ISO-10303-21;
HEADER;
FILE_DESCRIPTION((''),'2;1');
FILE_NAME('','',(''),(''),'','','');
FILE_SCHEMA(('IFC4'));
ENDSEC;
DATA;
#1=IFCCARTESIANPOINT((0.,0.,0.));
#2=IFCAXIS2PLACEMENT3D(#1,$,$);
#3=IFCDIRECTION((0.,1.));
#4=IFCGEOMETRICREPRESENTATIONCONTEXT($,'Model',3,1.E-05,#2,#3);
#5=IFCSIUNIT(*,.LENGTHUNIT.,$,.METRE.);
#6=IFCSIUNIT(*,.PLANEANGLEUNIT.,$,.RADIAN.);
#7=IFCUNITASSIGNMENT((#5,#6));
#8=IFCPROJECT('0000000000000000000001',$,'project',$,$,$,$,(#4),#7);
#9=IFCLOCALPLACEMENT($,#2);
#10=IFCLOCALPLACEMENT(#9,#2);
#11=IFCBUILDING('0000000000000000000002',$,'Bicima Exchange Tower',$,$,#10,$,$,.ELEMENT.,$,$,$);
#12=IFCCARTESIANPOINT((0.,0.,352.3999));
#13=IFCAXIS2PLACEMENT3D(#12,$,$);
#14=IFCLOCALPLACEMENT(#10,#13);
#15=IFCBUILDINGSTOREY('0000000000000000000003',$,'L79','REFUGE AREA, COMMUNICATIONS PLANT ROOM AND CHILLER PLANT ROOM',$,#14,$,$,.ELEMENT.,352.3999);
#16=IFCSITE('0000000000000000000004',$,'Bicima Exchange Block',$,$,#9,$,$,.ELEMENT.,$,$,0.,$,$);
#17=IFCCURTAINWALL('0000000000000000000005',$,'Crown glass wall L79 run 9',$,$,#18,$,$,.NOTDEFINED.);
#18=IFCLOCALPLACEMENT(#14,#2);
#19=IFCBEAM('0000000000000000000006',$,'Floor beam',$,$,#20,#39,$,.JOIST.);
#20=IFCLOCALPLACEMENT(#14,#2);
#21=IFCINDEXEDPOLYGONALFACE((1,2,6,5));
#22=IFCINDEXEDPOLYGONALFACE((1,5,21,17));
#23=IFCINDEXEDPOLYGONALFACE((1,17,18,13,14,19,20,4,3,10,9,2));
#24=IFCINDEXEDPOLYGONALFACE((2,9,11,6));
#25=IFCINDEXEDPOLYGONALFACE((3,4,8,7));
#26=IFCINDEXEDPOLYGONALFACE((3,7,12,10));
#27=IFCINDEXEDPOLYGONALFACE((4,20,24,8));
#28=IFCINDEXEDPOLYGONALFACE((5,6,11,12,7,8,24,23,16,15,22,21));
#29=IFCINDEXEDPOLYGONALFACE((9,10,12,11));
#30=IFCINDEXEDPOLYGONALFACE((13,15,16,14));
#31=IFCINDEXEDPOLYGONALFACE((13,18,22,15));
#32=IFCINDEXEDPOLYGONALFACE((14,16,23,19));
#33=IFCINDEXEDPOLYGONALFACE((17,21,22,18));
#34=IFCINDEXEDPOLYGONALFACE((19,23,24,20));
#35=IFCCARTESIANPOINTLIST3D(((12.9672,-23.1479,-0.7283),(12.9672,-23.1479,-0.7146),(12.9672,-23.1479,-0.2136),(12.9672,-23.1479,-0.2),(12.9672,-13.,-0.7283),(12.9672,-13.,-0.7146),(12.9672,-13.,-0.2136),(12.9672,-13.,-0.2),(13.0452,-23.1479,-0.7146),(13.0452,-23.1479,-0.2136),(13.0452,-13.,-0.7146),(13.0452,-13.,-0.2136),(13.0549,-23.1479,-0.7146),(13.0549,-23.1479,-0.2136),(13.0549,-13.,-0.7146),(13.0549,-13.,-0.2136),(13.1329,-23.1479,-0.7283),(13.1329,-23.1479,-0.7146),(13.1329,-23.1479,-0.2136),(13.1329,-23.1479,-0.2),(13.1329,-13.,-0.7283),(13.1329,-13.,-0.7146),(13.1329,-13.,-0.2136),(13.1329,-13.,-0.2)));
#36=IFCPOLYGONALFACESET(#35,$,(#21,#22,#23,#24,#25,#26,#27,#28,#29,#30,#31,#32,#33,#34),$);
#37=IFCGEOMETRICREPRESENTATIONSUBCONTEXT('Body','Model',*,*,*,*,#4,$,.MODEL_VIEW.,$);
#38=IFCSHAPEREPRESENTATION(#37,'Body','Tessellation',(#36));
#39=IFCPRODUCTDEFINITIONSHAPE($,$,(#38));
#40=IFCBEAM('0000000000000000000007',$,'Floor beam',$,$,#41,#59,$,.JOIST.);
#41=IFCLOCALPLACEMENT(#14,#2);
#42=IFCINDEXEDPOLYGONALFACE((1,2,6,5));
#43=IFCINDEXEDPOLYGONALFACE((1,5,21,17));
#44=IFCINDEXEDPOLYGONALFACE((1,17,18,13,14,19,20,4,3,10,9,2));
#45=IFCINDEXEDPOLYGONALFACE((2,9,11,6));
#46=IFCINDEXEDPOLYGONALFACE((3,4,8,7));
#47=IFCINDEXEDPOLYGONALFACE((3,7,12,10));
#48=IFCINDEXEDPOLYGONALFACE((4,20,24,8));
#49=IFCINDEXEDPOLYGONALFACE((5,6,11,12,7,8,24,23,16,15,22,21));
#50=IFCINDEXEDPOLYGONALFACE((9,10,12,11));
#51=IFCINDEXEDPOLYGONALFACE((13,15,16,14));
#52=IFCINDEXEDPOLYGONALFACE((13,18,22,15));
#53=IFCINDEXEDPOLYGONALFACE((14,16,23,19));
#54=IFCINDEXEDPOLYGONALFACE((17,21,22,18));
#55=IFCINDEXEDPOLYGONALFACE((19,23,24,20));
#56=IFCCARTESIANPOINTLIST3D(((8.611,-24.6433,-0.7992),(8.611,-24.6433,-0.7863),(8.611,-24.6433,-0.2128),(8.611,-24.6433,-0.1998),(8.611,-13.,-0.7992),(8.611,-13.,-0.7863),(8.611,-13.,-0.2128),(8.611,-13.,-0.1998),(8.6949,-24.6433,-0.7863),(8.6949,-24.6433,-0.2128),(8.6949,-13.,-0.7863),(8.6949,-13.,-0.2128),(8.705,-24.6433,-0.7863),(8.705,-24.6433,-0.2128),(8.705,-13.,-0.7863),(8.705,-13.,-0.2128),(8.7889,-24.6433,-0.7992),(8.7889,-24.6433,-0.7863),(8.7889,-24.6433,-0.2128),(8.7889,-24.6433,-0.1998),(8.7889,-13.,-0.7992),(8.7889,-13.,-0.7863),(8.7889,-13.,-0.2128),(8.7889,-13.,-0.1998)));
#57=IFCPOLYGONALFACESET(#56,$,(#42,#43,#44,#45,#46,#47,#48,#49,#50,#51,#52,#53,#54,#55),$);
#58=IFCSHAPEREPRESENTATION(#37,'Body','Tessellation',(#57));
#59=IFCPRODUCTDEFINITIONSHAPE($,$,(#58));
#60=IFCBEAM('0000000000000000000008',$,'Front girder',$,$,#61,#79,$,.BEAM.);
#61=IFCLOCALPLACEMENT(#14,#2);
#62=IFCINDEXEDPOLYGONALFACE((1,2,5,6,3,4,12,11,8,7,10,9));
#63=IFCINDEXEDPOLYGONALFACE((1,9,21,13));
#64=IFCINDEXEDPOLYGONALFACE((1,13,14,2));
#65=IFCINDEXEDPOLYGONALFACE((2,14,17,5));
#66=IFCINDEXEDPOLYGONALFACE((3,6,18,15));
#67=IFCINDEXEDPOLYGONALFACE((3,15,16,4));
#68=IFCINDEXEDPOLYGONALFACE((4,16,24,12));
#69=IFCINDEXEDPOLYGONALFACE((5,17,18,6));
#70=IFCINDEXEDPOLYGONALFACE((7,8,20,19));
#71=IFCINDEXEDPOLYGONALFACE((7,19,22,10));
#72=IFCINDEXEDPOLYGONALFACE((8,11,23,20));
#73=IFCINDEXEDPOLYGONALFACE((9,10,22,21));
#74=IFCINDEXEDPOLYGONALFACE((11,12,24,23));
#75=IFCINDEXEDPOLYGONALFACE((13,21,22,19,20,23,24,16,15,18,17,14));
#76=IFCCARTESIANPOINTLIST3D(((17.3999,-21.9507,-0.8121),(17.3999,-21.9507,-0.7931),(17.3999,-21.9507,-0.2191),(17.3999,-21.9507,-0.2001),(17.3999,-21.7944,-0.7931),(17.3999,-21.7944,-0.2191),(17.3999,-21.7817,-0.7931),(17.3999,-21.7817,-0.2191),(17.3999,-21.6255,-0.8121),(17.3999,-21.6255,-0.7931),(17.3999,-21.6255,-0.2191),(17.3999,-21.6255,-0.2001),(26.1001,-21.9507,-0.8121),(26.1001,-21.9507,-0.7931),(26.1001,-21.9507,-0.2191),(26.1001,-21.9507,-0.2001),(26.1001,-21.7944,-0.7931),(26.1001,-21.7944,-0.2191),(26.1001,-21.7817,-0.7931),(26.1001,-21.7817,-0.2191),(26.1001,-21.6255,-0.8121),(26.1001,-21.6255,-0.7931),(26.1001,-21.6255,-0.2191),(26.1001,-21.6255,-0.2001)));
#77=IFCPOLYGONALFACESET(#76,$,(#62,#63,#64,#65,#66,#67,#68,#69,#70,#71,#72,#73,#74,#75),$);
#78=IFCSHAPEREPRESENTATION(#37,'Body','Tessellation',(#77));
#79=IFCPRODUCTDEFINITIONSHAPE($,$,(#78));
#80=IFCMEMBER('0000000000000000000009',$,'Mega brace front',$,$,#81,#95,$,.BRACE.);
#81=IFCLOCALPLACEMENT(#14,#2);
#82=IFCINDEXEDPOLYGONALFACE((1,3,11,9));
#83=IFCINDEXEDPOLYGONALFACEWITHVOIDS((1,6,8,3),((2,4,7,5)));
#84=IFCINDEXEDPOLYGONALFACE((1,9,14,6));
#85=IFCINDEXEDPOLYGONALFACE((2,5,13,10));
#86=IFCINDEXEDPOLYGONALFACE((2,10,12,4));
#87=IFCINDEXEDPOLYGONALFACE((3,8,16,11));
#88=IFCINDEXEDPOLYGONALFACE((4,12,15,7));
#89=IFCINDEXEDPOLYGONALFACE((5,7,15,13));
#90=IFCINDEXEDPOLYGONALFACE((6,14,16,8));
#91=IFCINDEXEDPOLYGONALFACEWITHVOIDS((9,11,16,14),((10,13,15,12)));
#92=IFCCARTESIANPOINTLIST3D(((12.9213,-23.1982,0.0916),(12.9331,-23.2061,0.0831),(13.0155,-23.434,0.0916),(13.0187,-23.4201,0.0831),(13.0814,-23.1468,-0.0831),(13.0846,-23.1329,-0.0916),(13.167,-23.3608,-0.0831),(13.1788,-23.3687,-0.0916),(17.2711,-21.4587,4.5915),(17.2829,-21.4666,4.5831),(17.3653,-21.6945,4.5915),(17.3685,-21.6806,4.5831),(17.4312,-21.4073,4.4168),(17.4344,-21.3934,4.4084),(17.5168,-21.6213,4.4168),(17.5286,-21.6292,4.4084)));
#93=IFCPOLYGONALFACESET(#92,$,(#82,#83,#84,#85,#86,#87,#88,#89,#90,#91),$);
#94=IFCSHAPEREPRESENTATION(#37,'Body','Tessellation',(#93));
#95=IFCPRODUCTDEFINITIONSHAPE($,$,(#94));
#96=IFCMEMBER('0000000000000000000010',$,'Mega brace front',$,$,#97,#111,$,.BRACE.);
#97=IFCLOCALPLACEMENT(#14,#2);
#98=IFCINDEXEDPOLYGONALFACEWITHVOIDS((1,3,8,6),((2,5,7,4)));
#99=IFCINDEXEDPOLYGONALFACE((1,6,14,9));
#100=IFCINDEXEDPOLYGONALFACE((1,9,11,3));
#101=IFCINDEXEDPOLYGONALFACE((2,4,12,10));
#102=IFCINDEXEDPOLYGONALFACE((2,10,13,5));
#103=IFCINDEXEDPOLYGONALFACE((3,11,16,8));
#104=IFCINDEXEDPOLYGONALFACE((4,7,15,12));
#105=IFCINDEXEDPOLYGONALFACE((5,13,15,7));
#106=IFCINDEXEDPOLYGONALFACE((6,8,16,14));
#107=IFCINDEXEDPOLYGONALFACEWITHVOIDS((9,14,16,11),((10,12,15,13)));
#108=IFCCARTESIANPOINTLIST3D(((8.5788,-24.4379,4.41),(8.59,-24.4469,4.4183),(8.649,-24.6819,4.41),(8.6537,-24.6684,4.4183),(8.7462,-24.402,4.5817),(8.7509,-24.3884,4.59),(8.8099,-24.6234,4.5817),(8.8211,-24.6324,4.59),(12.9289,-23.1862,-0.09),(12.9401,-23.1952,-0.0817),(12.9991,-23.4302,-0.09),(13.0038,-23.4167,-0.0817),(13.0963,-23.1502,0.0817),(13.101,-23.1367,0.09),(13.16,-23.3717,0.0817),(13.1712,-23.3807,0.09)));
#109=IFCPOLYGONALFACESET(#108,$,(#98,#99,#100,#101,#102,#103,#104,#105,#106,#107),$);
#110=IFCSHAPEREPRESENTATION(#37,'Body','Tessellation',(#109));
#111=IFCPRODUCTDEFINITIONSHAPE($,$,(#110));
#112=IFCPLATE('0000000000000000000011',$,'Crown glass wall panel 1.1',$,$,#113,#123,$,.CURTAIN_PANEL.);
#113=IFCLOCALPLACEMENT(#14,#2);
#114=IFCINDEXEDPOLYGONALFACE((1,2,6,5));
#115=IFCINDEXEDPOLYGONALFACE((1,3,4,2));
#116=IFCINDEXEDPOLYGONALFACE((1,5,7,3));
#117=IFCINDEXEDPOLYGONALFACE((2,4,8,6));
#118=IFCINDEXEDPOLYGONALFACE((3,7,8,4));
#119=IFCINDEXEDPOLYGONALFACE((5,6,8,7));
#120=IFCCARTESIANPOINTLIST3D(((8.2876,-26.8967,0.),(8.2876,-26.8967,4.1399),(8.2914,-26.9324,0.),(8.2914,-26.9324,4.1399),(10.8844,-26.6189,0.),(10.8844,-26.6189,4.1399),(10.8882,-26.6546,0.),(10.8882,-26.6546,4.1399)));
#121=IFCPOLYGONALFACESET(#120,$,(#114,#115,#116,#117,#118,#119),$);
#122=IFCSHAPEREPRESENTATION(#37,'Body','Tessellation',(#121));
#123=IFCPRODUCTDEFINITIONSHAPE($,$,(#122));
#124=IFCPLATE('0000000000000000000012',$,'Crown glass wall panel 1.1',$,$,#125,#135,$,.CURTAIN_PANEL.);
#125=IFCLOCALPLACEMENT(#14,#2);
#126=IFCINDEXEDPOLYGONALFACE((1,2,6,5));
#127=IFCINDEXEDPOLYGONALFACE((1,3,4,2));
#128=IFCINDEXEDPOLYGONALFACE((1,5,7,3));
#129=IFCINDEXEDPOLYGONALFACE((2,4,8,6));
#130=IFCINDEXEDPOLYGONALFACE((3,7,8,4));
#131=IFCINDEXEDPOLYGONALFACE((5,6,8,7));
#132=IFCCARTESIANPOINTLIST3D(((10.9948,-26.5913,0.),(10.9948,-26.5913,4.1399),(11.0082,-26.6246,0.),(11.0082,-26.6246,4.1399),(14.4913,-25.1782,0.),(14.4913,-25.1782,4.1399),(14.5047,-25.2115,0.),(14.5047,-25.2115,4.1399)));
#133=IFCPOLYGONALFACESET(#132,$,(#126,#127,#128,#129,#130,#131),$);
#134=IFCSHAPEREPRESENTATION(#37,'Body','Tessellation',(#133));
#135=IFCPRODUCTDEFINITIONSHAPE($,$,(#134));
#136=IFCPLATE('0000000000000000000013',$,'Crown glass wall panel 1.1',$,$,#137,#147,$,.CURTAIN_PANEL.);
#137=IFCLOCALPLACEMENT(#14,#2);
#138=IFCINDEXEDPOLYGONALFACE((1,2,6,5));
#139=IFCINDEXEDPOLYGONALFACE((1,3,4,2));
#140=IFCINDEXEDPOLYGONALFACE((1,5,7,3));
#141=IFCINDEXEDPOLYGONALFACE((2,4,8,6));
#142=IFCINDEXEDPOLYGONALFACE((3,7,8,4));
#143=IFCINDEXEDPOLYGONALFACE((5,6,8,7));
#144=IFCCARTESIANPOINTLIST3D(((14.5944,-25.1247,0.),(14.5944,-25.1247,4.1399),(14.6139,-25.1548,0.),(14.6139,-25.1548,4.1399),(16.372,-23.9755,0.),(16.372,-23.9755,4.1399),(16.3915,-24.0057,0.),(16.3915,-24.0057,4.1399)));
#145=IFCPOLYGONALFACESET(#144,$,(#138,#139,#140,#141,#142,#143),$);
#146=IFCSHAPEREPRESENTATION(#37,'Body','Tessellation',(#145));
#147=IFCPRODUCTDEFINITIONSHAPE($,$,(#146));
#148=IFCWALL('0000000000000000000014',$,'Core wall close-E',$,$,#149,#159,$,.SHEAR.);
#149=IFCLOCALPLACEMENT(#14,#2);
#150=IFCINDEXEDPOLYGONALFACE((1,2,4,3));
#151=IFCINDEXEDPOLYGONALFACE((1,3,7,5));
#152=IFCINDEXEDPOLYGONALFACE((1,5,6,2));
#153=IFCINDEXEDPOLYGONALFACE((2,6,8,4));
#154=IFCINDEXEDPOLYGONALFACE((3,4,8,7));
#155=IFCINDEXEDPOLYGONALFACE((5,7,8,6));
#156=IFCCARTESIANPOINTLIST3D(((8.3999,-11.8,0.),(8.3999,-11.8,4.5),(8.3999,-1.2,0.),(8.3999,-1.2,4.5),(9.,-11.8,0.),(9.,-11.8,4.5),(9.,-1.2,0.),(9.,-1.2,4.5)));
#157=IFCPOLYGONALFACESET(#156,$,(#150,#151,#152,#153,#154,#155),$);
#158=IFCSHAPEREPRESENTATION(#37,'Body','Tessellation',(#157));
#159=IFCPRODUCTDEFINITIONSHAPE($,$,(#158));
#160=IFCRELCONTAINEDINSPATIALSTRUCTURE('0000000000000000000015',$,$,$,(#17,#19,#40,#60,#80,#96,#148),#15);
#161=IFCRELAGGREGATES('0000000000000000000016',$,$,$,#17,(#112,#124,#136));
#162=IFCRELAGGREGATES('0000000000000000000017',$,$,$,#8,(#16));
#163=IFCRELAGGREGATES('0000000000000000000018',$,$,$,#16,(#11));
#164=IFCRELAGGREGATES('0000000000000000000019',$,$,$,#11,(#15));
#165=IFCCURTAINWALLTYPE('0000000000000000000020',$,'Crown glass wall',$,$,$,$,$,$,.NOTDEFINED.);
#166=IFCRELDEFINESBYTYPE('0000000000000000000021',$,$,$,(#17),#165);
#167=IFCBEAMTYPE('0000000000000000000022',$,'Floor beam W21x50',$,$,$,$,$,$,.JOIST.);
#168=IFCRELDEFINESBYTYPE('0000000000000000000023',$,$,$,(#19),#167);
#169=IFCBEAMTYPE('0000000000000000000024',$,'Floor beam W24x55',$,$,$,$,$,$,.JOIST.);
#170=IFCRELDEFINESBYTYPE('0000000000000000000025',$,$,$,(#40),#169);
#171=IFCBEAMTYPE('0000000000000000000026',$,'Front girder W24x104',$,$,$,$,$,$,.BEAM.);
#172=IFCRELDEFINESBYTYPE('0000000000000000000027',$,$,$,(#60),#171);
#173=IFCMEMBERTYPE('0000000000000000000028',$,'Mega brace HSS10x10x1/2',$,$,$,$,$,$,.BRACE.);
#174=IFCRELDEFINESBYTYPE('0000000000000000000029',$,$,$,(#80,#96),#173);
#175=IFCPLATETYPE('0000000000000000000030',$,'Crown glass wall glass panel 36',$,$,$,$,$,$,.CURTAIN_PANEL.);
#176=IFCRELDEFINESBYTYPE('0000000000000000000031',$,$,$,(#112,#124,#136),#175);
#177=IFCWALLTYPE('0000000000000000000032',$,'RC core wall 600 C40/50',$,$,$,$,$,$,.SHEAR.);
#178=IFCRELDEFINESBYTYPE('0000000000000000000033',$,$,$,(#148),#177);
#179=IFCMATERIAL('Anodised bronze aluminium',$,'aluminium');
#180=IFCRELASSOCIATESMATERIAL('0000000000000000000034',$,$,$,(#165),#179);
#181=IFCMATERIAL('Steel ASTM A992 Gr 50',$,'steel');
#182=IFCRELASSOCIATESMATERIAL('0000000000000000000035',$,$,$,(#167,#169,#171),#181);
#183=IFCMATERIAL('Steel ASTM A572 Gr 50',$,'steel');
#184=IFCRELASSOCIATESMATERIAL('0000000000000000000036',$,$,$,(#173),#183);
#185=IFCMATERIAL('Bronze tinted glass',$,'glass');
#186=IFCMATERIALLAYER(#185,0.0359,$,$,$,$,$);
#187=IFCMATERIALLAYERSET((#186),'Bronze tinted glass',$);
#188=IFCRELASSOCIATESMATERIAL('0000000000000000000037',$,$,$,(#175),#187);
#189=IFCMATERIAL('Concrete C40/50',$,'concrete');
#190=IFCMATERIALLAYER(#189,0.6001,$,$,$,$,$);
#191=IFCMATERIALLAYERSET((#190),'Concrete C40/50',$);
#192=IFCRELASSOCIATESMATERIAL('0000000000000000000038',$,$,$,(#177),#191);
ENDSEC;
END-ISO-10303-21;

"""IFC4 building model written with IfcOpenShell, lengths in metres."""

from ifc_helpers import new_model, si_unit, direction, frame, frame_2d, origin, origin_2d, place, context, subcontext, project, spatial, rectangle, hollow_rectangle, i_section, extrude, material, layer, layer_set, material_profile, profile_set, type_object, element, aggregate, save


model = new_model("IFC4")

# Units and contexts
model_context = context("Model", 3, precision=1e-05, world=origin(), true_north=direction((0.0, 1.0)))
body_context = subcontext(model_context, "Body", "Model", "MODEL_VIEW")
ifc_project = project(units=[si_unit("LENGTHUNIT", "METRE"), si_unit("PLANEANGLEUNIT", "RADIAN")], contexts=[model_context])

# Site, building, storey
site_placement = place(None, origin())
site = spatial("IfcSite", under=ifc_project, at=site_placement, Name="Bicima Exchange Block", CompositionType="ELEMENT", RefElevation=0.0)
building_placement = place(site_placement, origin())
building = spatial("IfcBuilding", under=site, at=building_placement, Name="Bicima Exchange Tower", CompositionType="ELEMENT")
storey_placement = place(building_placement, frame((0.0, 0.0, 352.3999)))
storey = spatial("IfcBuildingStorey", under=building, at=storey_placement, Name="L79", Description="REFUGE AREA, COMMUNICATIONS PLANT ROOM AND CHILLER PLANT ROOM", CompositionType="ELEMENT", Elevation=352.3999)

# Shared definitions
ifc_material_1 = material(Name="Steel ASTM A992 Gr 50", Category="steel")

# Curtain wall
ifc_material_2 = material(Name="Anodised bronze aluminium", Category="aluminium")
curtain_wall_type = type_object("IfcCurtainWallType", Name="Crown glass wall", PredefinedType="NOTDEFINED", material=ifc_material_2)
curtain_wall_1_placement = place(storey_placement, origin())
curtain_wall_1 = element("IfcCurtainWall", 1, at=curtain_wall_1_placement, inside=storey, type_object=curtain_wall_type, Name="Crown glass wall L79 run 9", PredefinedType="NOTDEFINED")

# Beams
ifc_material_profile_1 = material_profile(ifc_material_1, i_section(OverallWidth=0.1658, OverallDepth=0.5283, WebThickness=0.0098, FlangeThickness=0.0137, at=origin_2d()))
ifc_profile_set_1 = profile_set([ifc_material_profile_1], Name="Steel ASTM A992 Gr 50")
beam_type_1 = type_object("IfcBeamType", Name="Floor beam W21x50", PredefinedType="JOIST", material=ifc_profile_set_1)
beam_1_placement = place(storey_placement, frame((13.05, -13.0, -0.4641), z_axis=(0.0, -1.0, 0.0), x_axis=(1.0, 0.0, 0.0)))
element("IfcBeam", 2, at=beam_1_placement, inside=storey, type_object=beam_type_1, Name="Floor beam", PredefinedType="JOIST", context=body_context, shape_type="SweptSolid", body=[
    extrude(i_section(OverallWidth=0.1658, OverallDepth=0.5283, WebThickness=0.0098, FlangeThickness=0.0137, at=origin_2d()), origin(), (0.0, 0.0, 1.0), 10.1479),
])
ifc_material_profile_2 = material_profile(ifc_material_1, i_section(OverallWidth=0.178, OverallDepth=0.5994, WebThickness=0.01, FlangeThickness=0.0129, at=origin_2d()))
ifc_profile_set_2 = profile_set([ifc_material_profile_2], Name="Steel ASTM A992 Gr 50")
beam_type_2 = type_object("IfcBeamType", Name="Floor beam W24x55", PredefinedType="JOIST", material=ifc_profile_set_2)
beam_2_placement = place(storey_placement, frame((8.7, -13.0, -0.4995), z_axis=(0.0, -1.0, 0.0), x_axis=(1.0, 0.0, 0.0)))
element("IfcBeam", 3, at=beam_2_placement, inside=storey, type_object=beam_type_2, Name="Floor beam", PredefinedType="JOIST", context=body_context, shape_type="SweptSolid", body=[
    extrude(i_section(OverallWidth=0.178, OverallDepth=0.5994, WebThickness=0.01, FlangeThickness=0.0129, at=origin_2d()), origin(), (0.0, 0.0, 1.0), 11.6433),
])
ifc_material_profile_3 = material_profile(ifc_material_1, i_section(OverallWidth=0.3252, OverallDepth=0.6121, WebThickness=0.0127, FlangeThickness=0.019, at=origin_2d()))
ifc_profile_set_3 = profile_set([ifc_material_profile_3], Name="Steel ASTM A992 Gr 50")
beam_type_3 = type_object("IfcBeamType", Name="Front girder W24x104", PredefinedType="BEAM", material=ifc_profile_set_3)
beam_3_placement = place(storey_placement, frame((17.3999, -21.7881, -0.5061), z_axis=(1.0, 0.0, 0.0), x_axis=(0.0, 1.0, 0.0)))
element("IfcBeam", 4, at=beam_3_placement, inside=storey, type_object=beam_type_3, Name="Front girder", PredefinedType="BEAM", context=body_context, shape_type="SweptSolid", body=[
    extrude(i_section(OverallWidth=0.3252, OverallDepth=0.6121, WebThickness=0.0127, FlangeThickness=0.019, at=origin_2d()), origin(), (0.0, 0.0, 1.0), 8.7002),
])

# Members
ifc_material_3 = material(Name="Steel ASTM A572 Gr 50", Category="steel")
ifc_material_profile_4 = material_profile(ifc_material_3, hollow_rectangle(XDim=0.2539, YDim=0.2539, WallThickness=0.0117, at=origin_2d()))
ifc_profile_set_4 = profile_set([ifc_material_profile_4], Name="Steel ASTM A572 Gr 50")
member_type_1 = type_object("IfcMemberType", Name="Mega brace HSS10x10x1/2", PredefinedType="BRACE", material=ifc_profile_set_4)
member_1_placement = place(storey_placement, frame((13.05, -23.2834, 0.0), z_axis=(0.669628, 0.267783, 0.692742), x_axis=(-0.37131, 0.928509, 0.0)))
element("IfcMember", 5, at=member_1_placement, inside=storey, type_object=member_type_1, Name="Mega brace front", PredefinedType="BRACE", context=body_context, shape_type="SweptSolid", body=[
    extrude(hollow_rectangle(XDim=0.2539, YDim=0.2539, WallThickness=0.0117, at=origin_2d()), origin(), (0.0, 0.0, 1.0), 6.4958),
])
member_2_placement = place(storey_placement, frame((13.05, -23.2834, 0.0), z_axis=(-0.681534, -0.196107, 0.70502), x_axis=(0.276523, -0.961007, 0.0)))
element("IfcMember", 6, at=member_2_placement, inside=storey, type_object=member_type_1, Name="Mega brace front", PredefinedType="BRACE", context=body_context, shape_type="SweptSolid", body=[
    extrude(hollow_rectangle(XDim=0.2539, YDim=0.2539, WallThickness=0.0117, at=origin_2d()), origin(), (0.0, 0.0, 1.0), 6.3828),
])

# Plates
ifc_material_4 = material(Name="Bronze tinted glass", Category="glass")
ifc_layer_1 = layer(ifc_material_4, 0.0359)
ifc_layer_set_1 = layer_set([ifc_layer_1], Name="Bronze tinted glass")
plate_type = type_object("IfcPlateType", Name="Crown glass wall glass panel 36", PredefinedType="CURTAIN_PANEL", material=ifc_layer_set_1)
plate_1_placement = place(storey_placement, frame((9.5879, -26.7756, 0.0), z_axis=(0.0, 0.0, 1.0), x_axis=(0.994326, 0.106372, 0.0)))
plate_1 = element("IfcPlate", 7, at=plate_1_placement, type_object=plate_type, Name="Crown glass wall panel 1.1", PredefinedType="CURTAIN_PANEL", context=body_context, shape_type="SweptSolid", body=[
    extrude(rectangle(XDim=2.6116, YDim=0.0359, at=origin_2d()), origin(), (0.0, 0.0, 1.0), 4.1399),
])
plate_2_placement = place(storey_placement, frame((12.7498, -25.9014, 0.0), z_axis=(0.0, 0.0, 1.0), x_axis=(0.927144, 0.374705, 0.0)))
plate_2 = element("IfcPlate", 8, at=plate_2_placement, type_object=plate_type, Name="Crown glass wall panel 1.1", PredefinedType="CURTAIN_PANEL", context=body_context, shape_type="SweptSolid", body=[
    extrude(rectangle(XDim=3.7712, YDim=0.0359, at=origin_2d()), origin(), (0.0, 0.0, 1.0), 4.1399),
])
plate_3_placement = place(storey_placement, frame((15.4929, -24.5652, 0.0), z_axis=(0.0, 0.0, 1.0), x_axis=(0.83979, 0.542911, 0.0)))
plate_3 = element("IfcPlate", 9, at=plate_3_placement, type_object=plate_type, Name="Crown glass wall panel 1.1", PredefinedType="CURTAIN_PANEL", context=body_context, shape_type="SweptSolid", body=[
    extrude(rectangle(XDim=2.1167, YDim=0.0359, at=origin_2d()), origin(), (0.0, 0.0, 1.0), 4.1399),
])
aggregate(curtain_wall_1, [plate_1, plate_2, plate_3])

# Wall
ifc_material_5 = material(Name="Concrete C40/50", Category="concrete")
ifc_layer_2 = layer(ifc_material_5, 0.6001)
ifc_layer_set_2 = layer_set([ifc_layer_2], Name="Concrete C40/50")
wall_type = type_object("IfcWallType", Name="RC core wall 600 C40/50", PredefinedType="SHEAR", material=ifc_layer_set_2)
wall_placement = place(storey_placement, frame((8.7, -11.8, 0.0), z_axis=(0.0, 0.0, 1.0), x_axis=(0.0, 1.0, 0.0)))
element("IfcWall", 10, at=wall_placement, inside=storey, type_object=wall_type, Name="Core wall close-E", PredefinedType="SHEAR", context=body_context, shape_type="SweptSolid", body=[
    extrude(rectangle(XDim=10.6001, YDim=0.6001, at=frame_2d((5.3, 0.0))), origin(), (0.0, 0.0, 1.0), 4.5),
])

save(model, "model.ifc")
